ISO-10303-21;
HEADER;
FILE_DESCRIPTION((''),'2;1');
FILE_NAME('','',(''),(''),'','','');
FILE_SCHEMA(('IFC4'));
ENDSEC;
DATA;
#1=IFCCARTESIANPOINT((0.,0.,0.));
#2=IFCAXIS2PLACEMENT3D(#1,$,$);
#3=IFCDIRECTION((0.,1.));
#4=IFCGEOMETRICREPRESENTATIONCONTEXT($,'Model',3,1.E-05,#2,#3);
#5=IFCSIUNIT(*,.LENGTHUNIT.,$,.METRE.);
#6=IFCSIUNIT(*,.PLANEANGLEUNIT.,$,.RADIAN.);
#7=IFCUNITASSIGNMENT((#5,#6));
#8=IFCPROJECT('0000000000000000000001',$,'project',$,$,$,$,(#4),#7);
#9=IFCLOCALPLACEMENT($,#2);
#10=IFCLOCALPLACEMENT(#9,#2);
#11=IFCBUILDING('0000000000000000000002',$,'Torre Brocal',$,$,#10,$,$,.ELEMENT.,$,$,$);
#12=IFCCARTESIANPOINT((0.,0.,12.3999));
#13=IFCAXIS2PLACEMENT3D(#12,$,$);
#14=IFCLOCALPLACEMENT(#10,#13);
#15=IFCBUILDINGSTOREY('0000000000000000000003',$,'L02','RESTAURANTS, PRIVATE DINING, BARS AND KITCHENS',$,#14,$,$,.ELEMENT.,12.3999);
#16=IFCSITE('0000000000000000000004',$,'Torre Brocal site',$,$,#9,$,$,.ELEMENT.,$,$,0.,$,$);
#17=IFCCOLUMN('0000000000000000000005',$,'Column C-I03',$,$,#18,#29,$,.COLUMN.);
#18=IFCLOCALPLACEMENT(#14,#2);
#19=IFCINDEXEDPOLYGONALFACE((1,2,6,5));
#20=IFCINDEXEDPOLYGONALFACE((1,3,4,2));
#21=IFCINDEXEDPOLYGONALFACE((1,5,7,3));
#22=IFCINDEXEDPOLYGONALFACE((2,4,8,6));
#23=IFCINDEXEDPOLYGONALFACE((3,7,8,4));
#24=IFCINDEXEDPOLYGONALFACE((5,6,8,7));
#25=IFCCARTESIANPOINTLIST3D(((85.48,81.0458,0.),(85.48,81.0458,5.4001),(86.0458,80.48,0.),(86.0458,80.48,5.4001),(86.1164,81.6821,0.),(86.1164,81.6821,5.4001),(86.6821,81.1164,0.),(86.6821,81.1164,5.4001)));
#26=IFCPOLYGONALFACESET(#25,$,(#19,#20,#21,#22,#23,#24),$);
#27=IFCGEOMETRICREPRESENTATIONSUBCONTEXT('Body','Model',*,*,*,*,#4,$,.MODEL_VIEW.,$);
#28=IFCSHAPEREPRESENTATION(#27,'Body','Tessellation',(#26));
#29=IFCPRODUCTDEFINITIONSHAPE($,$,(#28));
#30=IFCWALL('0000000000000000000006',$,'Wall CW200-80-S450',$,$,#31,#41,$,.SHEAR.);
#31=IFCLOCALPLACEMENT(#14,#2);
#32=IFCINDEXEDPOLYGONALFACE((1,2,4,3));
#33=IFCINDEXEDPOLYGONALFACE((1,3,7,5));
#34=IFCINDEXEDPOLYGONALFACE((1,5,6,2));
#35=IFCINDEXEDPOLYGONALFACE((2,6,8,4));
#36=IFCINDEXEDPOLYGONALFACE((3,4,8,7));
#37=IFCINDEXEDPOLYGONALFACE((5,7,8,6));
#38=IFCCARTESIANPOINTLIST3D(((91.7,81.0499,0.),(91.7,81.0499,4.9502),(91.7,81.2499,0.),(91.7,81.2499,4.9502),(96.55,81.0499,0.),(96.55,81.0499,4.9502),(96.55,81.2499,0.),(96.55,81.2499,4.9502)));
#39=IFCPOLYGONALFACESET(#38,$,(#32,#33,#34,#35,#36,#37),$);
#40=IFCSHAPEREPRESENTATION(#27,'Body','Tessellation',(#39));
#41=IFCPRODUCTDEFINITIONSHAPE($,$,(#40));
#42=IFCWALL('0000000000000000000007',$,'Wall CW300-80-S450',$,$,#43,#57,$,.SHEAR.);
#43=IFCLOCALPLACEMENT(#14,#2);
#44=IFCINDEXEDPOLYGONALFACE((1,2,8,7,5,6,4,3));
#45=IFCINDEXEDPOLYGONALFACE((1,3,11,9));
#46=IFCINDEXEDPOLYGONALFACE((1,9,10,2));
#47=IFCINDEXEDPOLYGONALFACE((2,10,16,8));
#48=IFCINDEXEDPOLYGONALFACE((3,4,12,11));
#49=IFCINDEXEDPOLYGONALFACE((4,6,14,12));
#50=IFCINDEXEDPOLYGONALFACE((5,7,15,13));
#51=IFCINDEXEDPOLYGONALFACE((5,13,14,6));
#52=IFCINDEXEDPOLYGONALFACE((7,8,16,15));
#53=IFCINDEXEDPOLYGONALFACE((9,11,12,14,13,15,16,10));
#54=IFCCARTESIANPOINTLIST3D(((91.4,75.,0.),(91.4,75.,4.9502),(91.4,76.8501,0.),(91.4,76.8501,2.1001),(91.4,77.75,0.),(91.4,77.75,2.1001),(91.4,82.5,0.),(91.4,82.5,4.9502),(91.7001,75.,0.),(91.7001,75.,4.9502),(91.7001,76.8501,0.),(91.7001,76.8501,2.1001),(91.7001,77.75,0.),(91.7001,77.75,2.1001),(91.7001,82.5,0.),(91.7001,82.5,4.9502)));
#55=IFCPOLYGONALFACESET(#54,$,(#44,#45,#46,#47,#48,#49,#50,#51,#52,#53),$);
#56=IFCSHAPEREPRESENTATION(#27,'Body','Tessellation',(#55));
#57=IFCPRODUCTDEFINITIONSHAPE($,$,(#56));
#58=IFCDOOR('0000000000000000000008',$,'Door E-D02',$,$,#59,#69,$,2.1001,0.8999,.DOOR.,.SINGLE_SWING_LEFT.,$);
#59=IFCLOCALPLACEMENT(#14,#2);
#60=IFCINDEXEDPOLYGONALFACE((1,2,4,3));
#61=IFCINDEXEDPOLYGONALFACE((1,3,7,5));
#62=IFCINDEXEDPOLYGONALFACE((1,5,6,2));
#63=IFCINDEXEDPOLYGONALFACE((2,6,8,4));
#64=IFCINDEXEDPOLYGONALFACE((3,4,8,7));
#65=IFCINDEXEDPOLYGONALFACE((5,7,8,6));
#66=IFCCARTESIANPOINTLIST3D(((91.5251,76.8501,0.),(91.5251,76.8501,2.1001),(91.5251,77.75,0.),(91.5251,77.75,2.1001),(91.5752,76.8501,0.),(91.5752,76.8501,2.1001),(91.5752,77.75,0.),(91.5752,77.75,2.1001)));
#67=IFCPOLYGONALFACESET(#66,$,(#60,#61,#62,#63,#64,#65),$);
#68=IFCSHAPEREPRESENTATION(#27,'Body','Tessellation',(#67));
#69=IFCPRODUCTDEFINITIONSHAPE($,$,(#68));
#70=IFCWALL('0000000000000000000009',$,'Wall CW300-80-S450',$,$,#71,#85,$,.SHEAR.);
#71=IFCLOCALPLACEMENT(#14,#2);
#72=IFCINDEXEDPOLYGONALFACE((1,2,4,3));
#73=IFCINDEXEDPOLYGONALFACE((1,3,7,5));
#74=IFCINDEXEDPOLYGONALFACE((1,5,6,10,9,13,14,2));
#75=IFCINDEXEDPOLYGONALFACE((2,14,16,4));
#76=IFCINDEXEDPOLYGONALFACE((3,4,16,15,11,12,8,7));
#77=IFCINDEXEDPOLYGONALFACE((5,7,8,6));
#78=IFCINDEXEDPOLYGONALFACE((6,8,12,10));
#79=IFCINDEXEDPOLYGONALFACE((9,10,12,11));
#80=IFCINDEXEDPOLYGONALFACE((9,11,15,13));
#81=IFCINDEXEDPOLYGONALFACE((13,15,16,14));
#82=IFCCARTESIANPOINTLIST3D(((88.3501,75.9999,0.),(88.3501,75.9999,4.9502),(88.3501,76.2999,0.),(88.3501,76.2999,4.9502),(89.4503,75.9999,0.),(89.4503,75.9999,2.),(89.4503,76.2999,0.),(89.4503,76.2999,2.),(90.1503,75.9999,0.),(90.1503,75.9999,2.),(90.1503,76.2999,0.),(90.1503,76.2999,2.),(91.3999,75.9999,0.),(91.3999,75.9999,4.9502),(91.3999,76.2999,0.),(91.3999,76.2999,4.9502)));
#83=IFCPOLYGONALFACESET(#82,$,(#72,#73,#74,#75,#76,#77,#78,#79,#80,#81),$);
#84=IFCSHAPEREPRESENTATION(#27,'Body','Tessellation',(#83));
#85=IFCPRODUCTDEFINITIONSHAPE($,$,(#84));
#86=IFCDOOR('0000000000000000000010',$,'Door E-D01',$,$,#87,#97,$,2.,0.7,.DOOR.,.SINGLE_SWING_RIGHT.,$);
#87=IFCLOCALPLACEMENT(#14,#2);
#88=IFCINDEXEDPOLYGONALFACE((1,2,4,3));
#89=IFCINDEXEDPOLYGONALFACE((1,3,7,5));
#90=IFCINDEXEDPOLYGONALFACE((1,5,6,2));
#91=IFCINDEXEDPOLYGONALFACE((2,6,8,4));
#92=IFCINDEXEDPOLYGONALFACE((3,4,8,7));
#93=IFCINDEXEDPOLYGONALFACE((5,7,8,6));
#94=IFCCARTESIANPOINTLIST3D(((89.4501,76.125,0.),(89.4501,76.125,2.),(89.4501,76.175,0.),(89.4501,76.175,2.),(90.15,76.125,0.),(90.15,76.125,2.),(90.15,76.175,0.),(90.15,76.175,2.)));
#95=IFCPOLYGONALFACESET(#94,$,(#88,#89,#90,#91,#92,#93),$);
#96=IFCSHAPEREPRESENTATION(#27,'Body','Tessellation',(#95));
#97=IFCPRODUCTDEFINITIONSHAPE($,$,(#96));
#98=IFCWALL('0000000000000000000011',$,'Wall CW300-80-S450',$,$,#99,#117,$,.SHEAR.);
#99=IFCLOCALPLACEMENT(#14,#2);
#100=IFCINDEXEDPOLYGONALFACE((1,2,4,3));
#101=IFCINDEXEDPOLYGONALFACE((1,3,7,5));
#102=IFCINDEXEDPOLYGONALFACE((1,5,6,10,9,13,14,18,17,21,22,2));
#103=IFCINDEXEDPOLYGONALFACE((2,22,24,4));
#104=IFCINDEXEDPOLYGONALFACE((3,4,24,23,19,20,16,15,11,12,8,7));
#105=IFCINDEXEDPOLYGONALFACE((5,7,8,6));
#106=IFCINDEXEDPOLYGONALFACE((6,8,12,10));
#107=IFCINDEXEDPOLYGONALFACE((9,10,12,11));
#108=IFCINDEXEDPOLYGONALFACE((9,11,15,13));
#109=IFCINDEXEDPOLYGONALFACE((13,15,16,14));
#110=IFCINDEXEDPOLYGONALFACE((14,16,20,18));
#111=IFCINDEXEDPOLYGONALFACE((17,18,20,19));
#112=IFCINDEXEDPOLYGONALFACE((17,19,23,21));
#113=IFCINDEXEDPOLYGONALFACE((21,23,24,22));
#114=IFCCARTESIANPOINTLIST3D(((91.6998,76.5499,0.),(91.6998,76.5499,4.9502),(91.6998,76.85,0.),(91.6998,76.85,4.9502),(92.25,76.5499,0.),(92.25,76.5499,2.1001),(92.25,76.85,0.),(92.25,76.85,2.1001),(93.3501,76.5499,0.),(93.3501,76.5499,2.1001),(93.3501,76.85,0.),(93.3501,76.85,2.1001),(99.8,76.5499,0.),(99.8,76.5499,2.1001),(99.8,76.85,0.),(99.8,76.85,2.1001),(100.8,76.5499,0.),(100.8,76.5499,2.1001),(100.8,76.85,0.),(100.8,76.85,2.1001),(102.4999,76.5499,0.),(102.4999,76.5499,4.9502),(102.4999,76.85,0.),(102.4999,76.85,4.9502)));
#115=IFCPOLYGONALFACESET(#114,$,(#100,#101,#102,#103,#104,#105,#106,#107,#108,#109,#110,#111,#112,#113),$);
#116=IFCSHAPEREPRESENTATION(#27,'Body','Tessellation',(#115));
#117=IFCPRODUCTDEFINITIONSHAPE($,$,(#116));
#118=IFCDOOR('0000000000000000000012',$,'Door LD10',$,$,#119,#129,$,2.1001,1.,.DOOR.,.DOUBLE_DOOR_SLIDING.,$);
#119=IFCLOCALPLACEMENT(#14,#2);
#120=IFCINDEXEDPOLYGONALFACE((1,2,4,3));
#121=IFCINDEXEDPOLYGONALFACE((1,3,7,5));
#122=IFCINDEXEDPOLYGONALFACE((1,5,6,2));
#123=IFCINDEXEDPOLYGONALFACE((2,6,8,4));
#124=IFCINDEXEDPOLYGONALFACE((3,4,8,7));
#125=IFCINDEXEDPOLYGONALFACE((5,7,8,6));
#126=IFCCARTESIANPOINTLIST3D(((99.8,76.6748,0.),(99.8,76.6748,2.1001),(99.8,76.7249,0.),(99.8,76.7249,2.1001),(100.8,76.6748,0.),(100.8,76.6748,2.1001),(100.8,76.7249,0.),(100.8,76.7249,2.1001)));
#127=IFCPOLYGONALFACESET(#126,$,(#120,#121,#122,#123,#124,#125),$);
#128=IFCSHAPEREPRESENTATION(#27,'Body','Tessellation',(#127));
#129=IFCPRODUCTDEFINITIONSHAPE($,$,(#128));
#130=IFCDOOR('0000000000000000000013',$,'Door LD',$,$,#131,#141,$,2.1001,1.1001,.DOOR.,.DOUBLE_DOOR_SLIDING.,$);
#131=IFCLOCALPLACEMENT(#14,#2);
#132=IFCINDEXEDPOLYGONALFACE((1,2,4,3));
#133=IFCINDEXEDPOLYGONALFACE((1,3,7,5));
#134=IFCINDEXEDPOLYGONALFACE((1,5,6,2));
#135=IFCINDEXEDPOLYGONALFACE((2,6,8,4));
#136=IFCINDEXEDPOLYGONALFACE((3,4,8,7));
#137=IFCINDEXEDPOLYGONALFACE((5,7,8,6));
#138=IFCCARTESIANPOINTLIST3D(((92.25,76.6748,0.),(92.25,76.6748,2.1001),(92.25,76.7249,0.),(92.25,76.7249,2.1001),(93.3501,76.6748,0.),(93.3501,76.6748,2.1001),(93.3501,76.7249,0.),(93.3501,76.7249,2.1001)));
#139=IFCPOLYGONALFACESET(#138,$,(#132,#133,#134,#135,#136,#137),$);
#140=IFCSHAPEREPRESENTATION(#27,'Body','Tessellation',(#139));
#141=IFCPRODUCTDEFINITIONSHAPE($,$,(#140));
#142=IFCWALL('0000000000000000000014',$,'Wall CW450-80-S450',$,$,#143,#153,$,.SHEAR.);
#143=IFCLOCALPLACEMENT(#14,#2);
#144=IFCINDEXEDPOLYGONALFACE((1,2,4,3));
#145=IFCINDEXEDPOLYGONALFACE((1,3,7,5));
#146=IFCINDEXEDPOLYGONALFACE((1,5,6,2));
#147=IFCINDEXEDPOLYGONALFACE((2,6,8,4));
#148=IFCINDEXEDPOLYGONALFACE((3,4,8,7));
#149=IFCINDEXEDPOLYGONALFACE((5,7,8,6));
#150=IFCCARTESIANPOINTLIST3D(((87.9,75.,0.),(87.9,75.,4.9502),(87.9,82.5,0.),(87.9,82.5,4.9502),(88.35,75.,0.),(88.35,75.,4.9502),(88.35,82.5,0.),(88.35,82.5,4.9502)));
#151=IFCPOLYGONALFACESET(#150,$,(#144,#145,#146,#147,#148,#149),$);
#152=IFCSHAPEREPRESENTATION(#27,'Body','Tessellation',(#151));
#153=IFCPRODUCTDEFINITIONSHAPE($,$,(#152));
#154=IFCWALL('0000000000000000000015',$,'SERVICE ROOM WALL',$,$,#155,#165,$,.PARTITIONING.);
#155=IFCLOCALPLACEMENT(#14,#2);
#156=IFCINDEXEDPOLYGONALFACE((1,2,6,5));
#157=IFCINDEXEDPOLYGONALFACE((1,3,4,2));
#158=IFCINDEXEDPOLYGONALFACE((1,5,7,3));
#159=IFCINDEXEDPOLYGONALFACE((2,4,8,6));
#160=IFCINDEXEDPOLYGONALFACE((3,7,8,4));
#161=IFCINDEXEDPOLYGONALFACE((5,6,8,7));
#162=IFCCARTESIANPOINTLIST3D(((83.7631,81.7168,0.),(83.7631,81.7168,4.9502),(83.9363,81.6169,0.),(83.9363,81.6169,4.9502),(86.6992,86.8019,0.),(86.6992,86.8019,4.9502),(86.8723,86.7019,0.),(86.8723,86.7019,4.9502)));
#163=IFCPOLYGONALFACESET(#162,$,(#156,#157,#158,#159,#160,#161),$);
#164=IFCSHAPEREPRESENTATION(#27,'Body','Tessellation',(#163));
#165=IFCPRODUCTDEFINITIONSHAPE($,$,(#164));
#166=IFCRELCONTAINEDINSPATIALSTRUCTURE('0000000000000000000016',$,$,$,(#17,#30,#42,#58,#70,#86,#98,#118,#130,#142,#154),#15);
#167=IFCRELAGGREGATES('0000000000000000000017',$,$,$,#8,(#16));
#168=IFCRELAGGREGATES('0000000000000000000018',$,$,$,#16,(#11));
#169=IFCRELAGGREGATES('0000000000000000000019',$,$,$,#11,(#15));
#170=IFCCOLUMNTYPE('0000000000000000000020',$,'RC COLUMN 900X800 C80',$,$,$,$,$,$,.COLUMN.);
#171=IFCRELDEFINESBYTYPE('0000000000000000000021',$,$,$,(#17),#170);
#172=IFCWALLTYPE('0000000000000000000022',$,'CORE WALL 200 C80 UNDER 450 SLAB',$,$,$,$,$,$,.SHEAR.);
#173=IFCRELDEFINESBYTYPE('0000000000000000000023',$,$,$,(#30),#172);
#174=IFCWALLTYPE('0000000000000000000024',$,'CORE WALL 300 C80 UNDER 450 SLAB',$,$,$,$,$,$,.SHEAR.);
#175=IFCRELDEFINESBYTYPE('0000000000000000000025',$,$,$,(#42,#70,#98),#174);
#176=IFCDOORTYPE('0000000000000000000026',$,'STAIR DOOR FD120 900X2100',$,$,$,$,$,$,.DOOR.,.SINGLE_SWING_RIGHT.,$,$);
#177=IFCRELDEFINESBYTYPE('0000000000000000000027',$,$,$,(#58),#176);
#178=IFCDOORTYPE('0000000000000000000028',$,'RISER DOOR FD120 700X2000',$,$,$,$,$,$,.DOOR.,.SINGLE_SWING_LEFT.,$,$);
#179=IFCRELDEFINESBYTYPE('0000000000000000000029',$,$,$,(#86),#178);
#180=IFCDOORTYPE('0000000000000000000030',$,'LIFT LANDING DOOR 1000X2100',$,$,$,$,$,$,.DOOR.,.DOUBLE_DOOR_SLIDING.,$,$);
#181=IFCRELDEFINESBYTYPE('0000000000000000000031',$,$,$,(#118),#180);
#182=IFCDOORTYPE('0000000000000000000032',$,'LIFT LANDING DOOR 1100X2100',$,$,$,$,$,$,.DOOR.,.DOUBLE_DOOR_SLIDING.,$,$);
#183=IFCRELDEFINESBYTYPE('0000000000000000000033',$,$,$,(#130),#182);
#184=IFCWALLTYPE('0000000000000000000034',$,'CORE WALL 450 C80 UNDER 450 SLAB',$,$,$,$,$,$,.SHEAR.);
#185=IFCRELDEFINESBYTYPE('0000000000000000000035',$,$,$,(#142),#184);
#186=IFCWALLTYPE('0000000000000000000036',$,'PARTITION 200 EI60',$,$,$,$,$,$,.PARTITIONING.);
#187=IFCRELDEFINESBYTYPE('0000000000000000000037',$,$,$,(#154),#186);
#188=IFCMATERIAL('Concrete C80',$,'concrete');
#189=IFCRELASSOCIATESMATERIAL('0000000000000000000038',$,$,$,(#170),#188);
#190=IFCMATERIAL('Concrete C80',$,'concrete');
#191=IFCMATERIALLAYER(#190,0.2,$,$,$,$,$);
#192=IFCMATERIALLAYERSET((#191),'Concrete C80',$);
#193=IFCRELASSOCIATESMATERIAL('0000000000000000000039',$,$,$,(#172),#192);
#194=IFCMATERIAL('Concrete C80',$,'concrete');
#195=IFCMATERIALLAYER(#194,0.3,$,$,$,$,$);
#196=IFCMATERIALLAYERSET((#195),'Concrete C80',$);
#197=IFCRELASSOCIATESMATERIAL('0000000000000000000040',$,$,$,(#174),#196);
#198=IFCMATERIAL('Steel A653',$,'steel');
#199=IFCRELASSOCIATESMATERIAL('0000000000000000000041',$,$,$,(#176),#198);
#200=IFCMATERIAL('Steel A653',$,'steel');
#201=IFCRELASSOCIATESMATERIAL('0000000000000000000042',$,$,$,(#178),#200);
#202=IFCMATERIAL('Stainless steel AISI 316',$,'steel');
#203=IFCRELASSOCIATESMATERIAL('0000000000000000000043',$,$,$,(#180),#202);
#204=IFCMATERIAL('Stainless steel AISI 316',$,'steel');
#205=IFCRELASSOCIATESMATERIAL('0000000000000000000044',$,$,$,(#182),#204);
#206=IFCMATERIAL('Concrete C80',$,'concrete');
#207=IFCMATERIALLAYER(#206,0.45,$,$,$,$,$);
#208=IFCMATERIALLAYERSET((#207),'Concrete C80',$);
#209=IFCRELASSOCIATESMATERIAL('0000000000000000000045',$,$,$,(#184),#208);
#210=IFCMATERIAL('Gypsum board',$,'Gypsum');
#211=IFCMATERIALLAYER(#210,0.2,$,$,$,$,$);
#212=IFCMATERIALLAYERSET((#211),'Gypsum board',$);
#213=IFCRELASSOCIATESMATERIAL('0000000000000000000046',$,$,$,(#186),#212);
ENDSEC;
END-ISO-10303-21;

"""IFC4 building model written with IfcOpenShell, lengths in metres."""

from ifc_helpers import new_model, si_unit, direction, frame, frame_2d, origin, origin_2d, place, context, subcontext, project, spatial, rectangle, extrude, material, layer, layer_set, material_profile, profile_set, type_object, element, fill, save


model = new_model("IFC4")

# Units and contexts
model_context = context("Model", 3, precision=1e-05, world=origin(), true_north=direction((0.0, 1.0)))
body_context = subcontext(model_context, "Body", "Model", "MODEL_VIEW")
ifc_project = project(units=[si_unit("LENGTHUNIT", "METRE"), si_unit("PLANEANGLEUNIT", "RADIAN")], contexts=[model_context])

# Site, building, storey
site_placement = place(None, origin())
site = spatial("IfcSite", under=ifc_project, at=site_placement, Name="Torre Brocal site", CompositionType="ELEMENT", RefElevation=0.0)
building_placement = place(site_placement, origin())
building = spatial("IfcBuilding", under=site, at=building_placement, Name="Torre Brocal", CompositionType="ELEMENT")
storey_placement = place(building_placement, frame((0.0, 0.0, 12.3999)))
storey = spatial("IfcBuildingStorey", under=building, at=storey_placement, Name="L02", Description="RESTAURANTS, PRIVATE DINING, BARS AND KITCHENS", CompositionType="ELEMENT", Elevation=12.3999)

# Column
ifc_material_1 = material(Name="Concrete C80", Category="concrete")
ifc_material_profile = material_profile(ifc_material_1, rectangle(XDim=0.8999, YDim=0.8, at=origin_2d()), Name="RC 900X800")
ifc_profile_set = profile_set([ifc_material_profile], Name="Concrete C80")
column_type = type_object("IfcColumnType", Name="RC COLUMN 900X800 C80", PredefinedType="COLUMN", material=ifc_profile_set)
column_placement = place(storey_placement, frame((86.0811, 81.0811, 0.0), z_axis=(0.0, 0.0, 1.0), x_axis=(0.707107, 0.707107, 0.0)))
element("IfcColumn", 1, at=column_placement, inside=storey, type_object=column_type, Name="Column C-I03", PredefinedType="COLUMN", context=body_context, shape_type="SweptSolid", body=[
    extrude(rectangle(XDim=0.8999, YDim=0.8, at=origin_2d()), origin(), (0.0, 0.0, 1.0), 5.4001),
])

# Wall
ifc_material_2 = material(Name="Concrete C80", Category="concrete")
ifc_layer_1 = layer(ifc_material_2, 0.2)
ifc_layer_set_1 = layer_set([ifc_layer_1], Name="Concrete C80")
wall_type_1 = type_object("IfcWallType", Name="CORE WALL 200 C80 UNDER 450 SLAB", PredefinedType="SHEAR", material=ifc_layer_set_1)
wall_1_placement = place(storey_placement, frame((91.7, 81.1499, 0.0), z_axis=(0.0, 0.0, 1.0), x_axis=(1.0, 0.0, 0.0)))
element("IfcWall", 2, at=wall_1_placement, inside=storey, type_object=wall_type_1, Name="Wall CW200-80-S450", PredefinedType="SHEAR", context=body_context, shape_type="SweptSolid", body=[
    extrude(rectangle(XDim=4.8501, YDim=0.2, at=frame_2d((2.425, 0.0))), origin(), (0.0, 0.0, 1.0), 4.9502),
])

# Walls, openings, doors
ifc_material_3 = material(Name="Concrete C80", Category="concrete")
ifc_layer_2 = layer(ifc_material_3, 0.3)
ifc_layer_set_2 = layer_set([ifc_layer_2], Name="Concrete C80")
wall_type_2 = type_object("IfcWallType", Name="CORE WALL 300 C80 UNDER 450 SLAB", PredefinedType="SHEAR", material=ifc_layer_set_2)
wall_2_placement = place(storey_placement, frame((91.55, 75.0, 0.0), z_axis=(0.0, 0.0, 1.0), x_axis=(0.0, 1.0, 0.0)))
wall_2 = element("IfcWall", 3, at=wall_2_placement, inside=storey, type_object=wall_type_2, Name="Wall CW300-80-S450", PredefinedType="SHEAR", context=body_context, shape_type="SweptSolid", body=[
    extrude(rectangle(XDim=7.5, YDim=0.3, at=frame_2d((3.75, 0.0))), origin(), (0.0, 0.0, 1.0), 4.9502),
])
opening_1_placement = place(wall_2_placement, frame((1.8501, 0.0, 0.0)))
opening_1 = element("IfcOpeningElement", 4, at=opening_1_placement, cuts=wall_2, PredefinedType="OPENING", context=body_context, shape_type="SweptSolid", body=[
    extrude(rectangle(XDim=0.8999, YDim=2.1001, at=frame_2d((0.45, 1.05))), frame((0.0, 0.1599, 0.0), z_axis=(0.0, -1.0, 0.0), x_axis=(1.0, 0.0, 0.0)), (0.0, 0.0, 1.0), 0.3201),
])
ifc_material_4 = material(Name="Steel A653", Category="steel")
door_type_1 = type_object("IfcDoorType", Name="STAIR DOOR FD120 900X2100", OperationType="SINGLE_SWING_RIGHT", PredefinedType="DOOR", material=ifc_material_4)
door_1_placement = place(opening_1_placement, origin())
door_1 = element("IfcDoor", 5, at=door_1_placement, inside=storey, type_object=door_type_1, Name="Door E-D02", OperationType="SINGLE_SWING_LEFT", OverallHeight=2.1001, OverallWidth=0.8999, PredefinedType="DOOR", context=body_context, shape_type="SweptSolid", body=[
    extrude(rectangle(XDim=0.8999, YDim=2.1001, at=frame_2d((0.45, 1.05))), frame((0.0, 0.0249, 0.0), z_axis=(0.0, -1.0, 0.0), x_axis=(1.0, 0.0, 0.0)), (0.0, 0.0, 1.0), 0.05),
])
fill(opening_1, door_1)
wall_3_placement = place(storey_placement, frame((88.3501, 76.1499, 0.0), z_axis=(0.0, 0.0, 1.0), x_axis=(1.0, 0.0, 0.0)))
wall_3 = element("IfcWall", 6, at=wall_3_placement, inside=storey, type_object=wall_type_2, Name="Wall CW300-80-S450", PredefinedType="SHEAR", context=body_context, shape_type="SweptSolid", body=[
    extrude(rectangle(XDim=3.0498, YDim=0.3, at=frame_2d((1.5249, 0.0))), origin(), (0.0, 0.0, 1.0), 4.9502),
])
opening_2_placement = place(wall_3_placement, frame((1.1001, 0.0, 0.0)))
opening_2 = element("IfcOpeningElement", 7, at=opening_2_placement, cuts=wall_3, PredefinedType="OPENING", context=body_context, shape_type="SweptSolid", body=[
    extrude(rectangle(XDim=0.7, YDim=2.0, at=frame_2d((0.3501, 1.0))), frame((0.0, 0.1599, 0.0), z_axis=(0.0, -1.0, 0.0), x_axis=(1.0, 0.0, 0.0)), (0.0, 0.0, 1.0), 0.3201),
])
ifc_material_5 = material(Name="Steel A653", Category="steel")
door_type_2 = type_object("IfcDoorType", Name="RISER DOOR FD120 700X2000", OperationType="SINGLE_SWING_LEFT", PredefinedType="DOOR", material=ifc_material_5)
door_2_placement = place(opening_2_placement, frame((0.7, 0.0, 0.0), z_axis=(0.0, 0.0, 1.0), x_axis=(-1.0, 0.0, 0.0)))
door_2 = element("IfcDoor", 8, at=door_2_placement, inside=storey, type_object=door_type_2, Name="Door E-D01", OperationType="SINGLE_SWING_RIGHT", OverallHeight=2.0, OverallWidth=0.7, PredefinedType="DOOR", context=body_context, shape_type="SweptSolid", body=[
    extrude(rectangle(XDim=0.7, YDim=2.0, at=frame_2d((0.3501, 1.0))), frame((0.0, 0.0249, 0.0), z_axis=(0.0, -1.0, 0.0), x_axis=(1.0, 0.0, 0.0)), (0.0, 0.0, 1.0), 0.05),
])
fill(opening_2, door_2)

# Wall, openings, doors
wall_4_placement = place(storey_placement, frame((91.7, 76.7, 0.0), z_axis=(0.0, 0.0, 1.0), x_axis=(1.0, 0.0, 0.0)))
wall_4 = element("IfcWall", 9, at=wall_4_placement, inside=storey, type_object=wall_type_2, Name="Wall CW300-80-S450", PredefinedType="SHEAR", context=body_context, shape_type="SweptSolid", body=[
    extrude(rectangle(XDim=10.8, YDim=0.3, at=frame_2d((5.3999, 0.0))), origin(), (0.0, 0.0, 1.0), 4.9502),
])
opening_3_placement = place(wall_4_placement, frame((0.55, 0.0, 0.0)))
opening_3 = element("IfcOpeningElement", 10, at=opening_3_placement, cuts=wall_4, PredefinedType="OPENING", context=body_context, shape_type="SweptSolid", body=[
    extrude(rectangle(XDim=1.1001, YDim=2.1001, at=frame_2d((0.55, 1.05))), frame((0.0, 0.1599, 0.0), z_axis=(0.0, -1.0, 0.0), x_axis=(1.0, 0.0, 0.0)), (0.0, 0.0, 1.0), 0.3201),
])
opening_4_placement = place(wall_4_placement, frame((8.1001, 0.0, 0.0)))
opening_4 = element("IfcOpeningElement", 11, at=opening_4_placement, cuts=wall_4, PredefinedType="OPENING", context=body_context, shape_type="SweptSolid", body=[
    extrude(rectangle(XDim=1.0, YDim=2.1001, at=frame_2d((0.5, 1.05))), frame((0.0, 0.1599, 0.0), z_axis=(0.0, -1.0, 0.0), x_axis=(1.0, 0.0, 0.0)), (0.0, 0.0, 1.0), 0.3201),
])
ifc_material_6 = material(Name="Stainless steel AISI 316", Category="steel")
door_type_3 = type_object("IfcDoorType", Name="LIFT LANDING DOOR 1000X2100", OperationType="DOUBLE_DOOR_SLIDING", PredefinedType="DOOR", material=ifc_material_6)
door_3_placement = place(opening_4_placement, origin())
door_3 = element("IfcDoor", 12, at=door_3_placement, inside=storey, type_object=door_type_3, Name="Door LD10", OperationType="DOUBLE_DOOR_SLIDING", OverallHeight=2.1001, OverallWidth=1.0, PredefinedType="DOOR", context=body_context, shape_type="SweptSolid", body=[
    extrude(rectangle(XDim=1.0, YDim=2.1001, at=frame_2d((0.5, 1.05))), frame((0.0, 0.0249, 0.0), z_axis=(0.0, -1.0, 0.0), x_axis=(1.0, 0.0, 0.0)), (0.0, 0.0, 1.0), 0.05),
])
fill(opening_4, door_3)
ifc_material_7 = material(Name="Stainless steel AISI 316", Category="steel")
door_type_4 = type_object("IfcDoorType", Name="LIFT LANDING DOOR 1100X2100", OperationType="DOUBLE_DOOR_SLIDING", PredefinedType="DOOR", material=ifc_material_7)
door_4_placement = place(opening_3_placement, origin())
door_4 = element("IfcDoor", 13, at=door_4_placement, inside=storey, type_object=door_type_4, Name="Door LD", OperationType="DOUBLE_DOOR_SLIDING", OverallHeight=2.1001, OverallWidth=1.1001, PredefinedType="DOOR", context=body_context, shape_type="SweptSolid", body=[
    extrude(rectangle(XDim=1.1001, YDim=2.1001, at=frame_2d((0.55, 1.05))), frame((0.0, 0.0249, 0.0), z_axis=(0.0, -1.0, 0.0), x_axis=(1.0, 0.0, 0.0)), (0.0, 0.0, 1.0), 0.05),
])
fill(opening_3, door_4)

# Walls
ifc_material_8 = material(Name="Concrete C80", Category="concrete")
ifc_layer_3 = layer(ifc_material_8, 0.45)
ifc_layer_set_3 = layer_set([ifc_layer_3], Name="Concrete C80")
wall_type_3 = type_object("IfcWallType", Name="CORE WALL 450 C80 UNDER 450 SLAB", PredefinedType="SHEAR", material=ifc_layer_set_3)
wall_5_placement = place(storey_placement, frame((88.125, 75.0, 0.0), z_axis=(0.0, 0.0, 1.0), x_axis=(0.0, 1.0, 0.0)))
element("IfcWall", 14, at=wall_5_placement, inside=storey, type_object=wall_type_3, Name="Wall CW450-80-S450", PredefinedType="SHEAR", context=body_context, shape_type="SweptSolid", body=[
    extrude(rectangle(XDim=7.5, YDim=0.45, at=frame_2d((3.75, 0.0))), origin(), (0.0, 0.0, 1.0), 4.9502),
])
ifc_material_9 = material(Name="Gypsum board", Category="Gypsum")
ifc_layer_4 = layer(ifc_material_9, 0.2)
ifc_layer_set_4 = layer_set([ifc_layer_4], Name="Gypsum board")
wall_type_4 = type_object("IfcWallType", Name="PARTITION 200 EI60", PredefinedType="PARTITIONING", material=ifc_layer_set_4)
wall_6_placement = place(storey_placement, frame((83.8496, 81.6667, 0.0), z_axis=(0.0, 0.0, 1.0), x_axis=(0.50003, 0.866008, 0.0)))
element("IfcWall", 15, at=wall_6_placement, inside=storey, type_object=wall_type_4, Name="SERVICE ROOM WALL", PredefinedType="PARTITIONING", context=body_context, shape_type="SweptSolid", body=[
    extrude(rectangle(XDim=5.8718, YDim=0.2, at=frame_2d((2.936, 0.0))), origin(), (0.0, 0.0, 1.0), 4.9502),
])

save(model, "model.ifc")
